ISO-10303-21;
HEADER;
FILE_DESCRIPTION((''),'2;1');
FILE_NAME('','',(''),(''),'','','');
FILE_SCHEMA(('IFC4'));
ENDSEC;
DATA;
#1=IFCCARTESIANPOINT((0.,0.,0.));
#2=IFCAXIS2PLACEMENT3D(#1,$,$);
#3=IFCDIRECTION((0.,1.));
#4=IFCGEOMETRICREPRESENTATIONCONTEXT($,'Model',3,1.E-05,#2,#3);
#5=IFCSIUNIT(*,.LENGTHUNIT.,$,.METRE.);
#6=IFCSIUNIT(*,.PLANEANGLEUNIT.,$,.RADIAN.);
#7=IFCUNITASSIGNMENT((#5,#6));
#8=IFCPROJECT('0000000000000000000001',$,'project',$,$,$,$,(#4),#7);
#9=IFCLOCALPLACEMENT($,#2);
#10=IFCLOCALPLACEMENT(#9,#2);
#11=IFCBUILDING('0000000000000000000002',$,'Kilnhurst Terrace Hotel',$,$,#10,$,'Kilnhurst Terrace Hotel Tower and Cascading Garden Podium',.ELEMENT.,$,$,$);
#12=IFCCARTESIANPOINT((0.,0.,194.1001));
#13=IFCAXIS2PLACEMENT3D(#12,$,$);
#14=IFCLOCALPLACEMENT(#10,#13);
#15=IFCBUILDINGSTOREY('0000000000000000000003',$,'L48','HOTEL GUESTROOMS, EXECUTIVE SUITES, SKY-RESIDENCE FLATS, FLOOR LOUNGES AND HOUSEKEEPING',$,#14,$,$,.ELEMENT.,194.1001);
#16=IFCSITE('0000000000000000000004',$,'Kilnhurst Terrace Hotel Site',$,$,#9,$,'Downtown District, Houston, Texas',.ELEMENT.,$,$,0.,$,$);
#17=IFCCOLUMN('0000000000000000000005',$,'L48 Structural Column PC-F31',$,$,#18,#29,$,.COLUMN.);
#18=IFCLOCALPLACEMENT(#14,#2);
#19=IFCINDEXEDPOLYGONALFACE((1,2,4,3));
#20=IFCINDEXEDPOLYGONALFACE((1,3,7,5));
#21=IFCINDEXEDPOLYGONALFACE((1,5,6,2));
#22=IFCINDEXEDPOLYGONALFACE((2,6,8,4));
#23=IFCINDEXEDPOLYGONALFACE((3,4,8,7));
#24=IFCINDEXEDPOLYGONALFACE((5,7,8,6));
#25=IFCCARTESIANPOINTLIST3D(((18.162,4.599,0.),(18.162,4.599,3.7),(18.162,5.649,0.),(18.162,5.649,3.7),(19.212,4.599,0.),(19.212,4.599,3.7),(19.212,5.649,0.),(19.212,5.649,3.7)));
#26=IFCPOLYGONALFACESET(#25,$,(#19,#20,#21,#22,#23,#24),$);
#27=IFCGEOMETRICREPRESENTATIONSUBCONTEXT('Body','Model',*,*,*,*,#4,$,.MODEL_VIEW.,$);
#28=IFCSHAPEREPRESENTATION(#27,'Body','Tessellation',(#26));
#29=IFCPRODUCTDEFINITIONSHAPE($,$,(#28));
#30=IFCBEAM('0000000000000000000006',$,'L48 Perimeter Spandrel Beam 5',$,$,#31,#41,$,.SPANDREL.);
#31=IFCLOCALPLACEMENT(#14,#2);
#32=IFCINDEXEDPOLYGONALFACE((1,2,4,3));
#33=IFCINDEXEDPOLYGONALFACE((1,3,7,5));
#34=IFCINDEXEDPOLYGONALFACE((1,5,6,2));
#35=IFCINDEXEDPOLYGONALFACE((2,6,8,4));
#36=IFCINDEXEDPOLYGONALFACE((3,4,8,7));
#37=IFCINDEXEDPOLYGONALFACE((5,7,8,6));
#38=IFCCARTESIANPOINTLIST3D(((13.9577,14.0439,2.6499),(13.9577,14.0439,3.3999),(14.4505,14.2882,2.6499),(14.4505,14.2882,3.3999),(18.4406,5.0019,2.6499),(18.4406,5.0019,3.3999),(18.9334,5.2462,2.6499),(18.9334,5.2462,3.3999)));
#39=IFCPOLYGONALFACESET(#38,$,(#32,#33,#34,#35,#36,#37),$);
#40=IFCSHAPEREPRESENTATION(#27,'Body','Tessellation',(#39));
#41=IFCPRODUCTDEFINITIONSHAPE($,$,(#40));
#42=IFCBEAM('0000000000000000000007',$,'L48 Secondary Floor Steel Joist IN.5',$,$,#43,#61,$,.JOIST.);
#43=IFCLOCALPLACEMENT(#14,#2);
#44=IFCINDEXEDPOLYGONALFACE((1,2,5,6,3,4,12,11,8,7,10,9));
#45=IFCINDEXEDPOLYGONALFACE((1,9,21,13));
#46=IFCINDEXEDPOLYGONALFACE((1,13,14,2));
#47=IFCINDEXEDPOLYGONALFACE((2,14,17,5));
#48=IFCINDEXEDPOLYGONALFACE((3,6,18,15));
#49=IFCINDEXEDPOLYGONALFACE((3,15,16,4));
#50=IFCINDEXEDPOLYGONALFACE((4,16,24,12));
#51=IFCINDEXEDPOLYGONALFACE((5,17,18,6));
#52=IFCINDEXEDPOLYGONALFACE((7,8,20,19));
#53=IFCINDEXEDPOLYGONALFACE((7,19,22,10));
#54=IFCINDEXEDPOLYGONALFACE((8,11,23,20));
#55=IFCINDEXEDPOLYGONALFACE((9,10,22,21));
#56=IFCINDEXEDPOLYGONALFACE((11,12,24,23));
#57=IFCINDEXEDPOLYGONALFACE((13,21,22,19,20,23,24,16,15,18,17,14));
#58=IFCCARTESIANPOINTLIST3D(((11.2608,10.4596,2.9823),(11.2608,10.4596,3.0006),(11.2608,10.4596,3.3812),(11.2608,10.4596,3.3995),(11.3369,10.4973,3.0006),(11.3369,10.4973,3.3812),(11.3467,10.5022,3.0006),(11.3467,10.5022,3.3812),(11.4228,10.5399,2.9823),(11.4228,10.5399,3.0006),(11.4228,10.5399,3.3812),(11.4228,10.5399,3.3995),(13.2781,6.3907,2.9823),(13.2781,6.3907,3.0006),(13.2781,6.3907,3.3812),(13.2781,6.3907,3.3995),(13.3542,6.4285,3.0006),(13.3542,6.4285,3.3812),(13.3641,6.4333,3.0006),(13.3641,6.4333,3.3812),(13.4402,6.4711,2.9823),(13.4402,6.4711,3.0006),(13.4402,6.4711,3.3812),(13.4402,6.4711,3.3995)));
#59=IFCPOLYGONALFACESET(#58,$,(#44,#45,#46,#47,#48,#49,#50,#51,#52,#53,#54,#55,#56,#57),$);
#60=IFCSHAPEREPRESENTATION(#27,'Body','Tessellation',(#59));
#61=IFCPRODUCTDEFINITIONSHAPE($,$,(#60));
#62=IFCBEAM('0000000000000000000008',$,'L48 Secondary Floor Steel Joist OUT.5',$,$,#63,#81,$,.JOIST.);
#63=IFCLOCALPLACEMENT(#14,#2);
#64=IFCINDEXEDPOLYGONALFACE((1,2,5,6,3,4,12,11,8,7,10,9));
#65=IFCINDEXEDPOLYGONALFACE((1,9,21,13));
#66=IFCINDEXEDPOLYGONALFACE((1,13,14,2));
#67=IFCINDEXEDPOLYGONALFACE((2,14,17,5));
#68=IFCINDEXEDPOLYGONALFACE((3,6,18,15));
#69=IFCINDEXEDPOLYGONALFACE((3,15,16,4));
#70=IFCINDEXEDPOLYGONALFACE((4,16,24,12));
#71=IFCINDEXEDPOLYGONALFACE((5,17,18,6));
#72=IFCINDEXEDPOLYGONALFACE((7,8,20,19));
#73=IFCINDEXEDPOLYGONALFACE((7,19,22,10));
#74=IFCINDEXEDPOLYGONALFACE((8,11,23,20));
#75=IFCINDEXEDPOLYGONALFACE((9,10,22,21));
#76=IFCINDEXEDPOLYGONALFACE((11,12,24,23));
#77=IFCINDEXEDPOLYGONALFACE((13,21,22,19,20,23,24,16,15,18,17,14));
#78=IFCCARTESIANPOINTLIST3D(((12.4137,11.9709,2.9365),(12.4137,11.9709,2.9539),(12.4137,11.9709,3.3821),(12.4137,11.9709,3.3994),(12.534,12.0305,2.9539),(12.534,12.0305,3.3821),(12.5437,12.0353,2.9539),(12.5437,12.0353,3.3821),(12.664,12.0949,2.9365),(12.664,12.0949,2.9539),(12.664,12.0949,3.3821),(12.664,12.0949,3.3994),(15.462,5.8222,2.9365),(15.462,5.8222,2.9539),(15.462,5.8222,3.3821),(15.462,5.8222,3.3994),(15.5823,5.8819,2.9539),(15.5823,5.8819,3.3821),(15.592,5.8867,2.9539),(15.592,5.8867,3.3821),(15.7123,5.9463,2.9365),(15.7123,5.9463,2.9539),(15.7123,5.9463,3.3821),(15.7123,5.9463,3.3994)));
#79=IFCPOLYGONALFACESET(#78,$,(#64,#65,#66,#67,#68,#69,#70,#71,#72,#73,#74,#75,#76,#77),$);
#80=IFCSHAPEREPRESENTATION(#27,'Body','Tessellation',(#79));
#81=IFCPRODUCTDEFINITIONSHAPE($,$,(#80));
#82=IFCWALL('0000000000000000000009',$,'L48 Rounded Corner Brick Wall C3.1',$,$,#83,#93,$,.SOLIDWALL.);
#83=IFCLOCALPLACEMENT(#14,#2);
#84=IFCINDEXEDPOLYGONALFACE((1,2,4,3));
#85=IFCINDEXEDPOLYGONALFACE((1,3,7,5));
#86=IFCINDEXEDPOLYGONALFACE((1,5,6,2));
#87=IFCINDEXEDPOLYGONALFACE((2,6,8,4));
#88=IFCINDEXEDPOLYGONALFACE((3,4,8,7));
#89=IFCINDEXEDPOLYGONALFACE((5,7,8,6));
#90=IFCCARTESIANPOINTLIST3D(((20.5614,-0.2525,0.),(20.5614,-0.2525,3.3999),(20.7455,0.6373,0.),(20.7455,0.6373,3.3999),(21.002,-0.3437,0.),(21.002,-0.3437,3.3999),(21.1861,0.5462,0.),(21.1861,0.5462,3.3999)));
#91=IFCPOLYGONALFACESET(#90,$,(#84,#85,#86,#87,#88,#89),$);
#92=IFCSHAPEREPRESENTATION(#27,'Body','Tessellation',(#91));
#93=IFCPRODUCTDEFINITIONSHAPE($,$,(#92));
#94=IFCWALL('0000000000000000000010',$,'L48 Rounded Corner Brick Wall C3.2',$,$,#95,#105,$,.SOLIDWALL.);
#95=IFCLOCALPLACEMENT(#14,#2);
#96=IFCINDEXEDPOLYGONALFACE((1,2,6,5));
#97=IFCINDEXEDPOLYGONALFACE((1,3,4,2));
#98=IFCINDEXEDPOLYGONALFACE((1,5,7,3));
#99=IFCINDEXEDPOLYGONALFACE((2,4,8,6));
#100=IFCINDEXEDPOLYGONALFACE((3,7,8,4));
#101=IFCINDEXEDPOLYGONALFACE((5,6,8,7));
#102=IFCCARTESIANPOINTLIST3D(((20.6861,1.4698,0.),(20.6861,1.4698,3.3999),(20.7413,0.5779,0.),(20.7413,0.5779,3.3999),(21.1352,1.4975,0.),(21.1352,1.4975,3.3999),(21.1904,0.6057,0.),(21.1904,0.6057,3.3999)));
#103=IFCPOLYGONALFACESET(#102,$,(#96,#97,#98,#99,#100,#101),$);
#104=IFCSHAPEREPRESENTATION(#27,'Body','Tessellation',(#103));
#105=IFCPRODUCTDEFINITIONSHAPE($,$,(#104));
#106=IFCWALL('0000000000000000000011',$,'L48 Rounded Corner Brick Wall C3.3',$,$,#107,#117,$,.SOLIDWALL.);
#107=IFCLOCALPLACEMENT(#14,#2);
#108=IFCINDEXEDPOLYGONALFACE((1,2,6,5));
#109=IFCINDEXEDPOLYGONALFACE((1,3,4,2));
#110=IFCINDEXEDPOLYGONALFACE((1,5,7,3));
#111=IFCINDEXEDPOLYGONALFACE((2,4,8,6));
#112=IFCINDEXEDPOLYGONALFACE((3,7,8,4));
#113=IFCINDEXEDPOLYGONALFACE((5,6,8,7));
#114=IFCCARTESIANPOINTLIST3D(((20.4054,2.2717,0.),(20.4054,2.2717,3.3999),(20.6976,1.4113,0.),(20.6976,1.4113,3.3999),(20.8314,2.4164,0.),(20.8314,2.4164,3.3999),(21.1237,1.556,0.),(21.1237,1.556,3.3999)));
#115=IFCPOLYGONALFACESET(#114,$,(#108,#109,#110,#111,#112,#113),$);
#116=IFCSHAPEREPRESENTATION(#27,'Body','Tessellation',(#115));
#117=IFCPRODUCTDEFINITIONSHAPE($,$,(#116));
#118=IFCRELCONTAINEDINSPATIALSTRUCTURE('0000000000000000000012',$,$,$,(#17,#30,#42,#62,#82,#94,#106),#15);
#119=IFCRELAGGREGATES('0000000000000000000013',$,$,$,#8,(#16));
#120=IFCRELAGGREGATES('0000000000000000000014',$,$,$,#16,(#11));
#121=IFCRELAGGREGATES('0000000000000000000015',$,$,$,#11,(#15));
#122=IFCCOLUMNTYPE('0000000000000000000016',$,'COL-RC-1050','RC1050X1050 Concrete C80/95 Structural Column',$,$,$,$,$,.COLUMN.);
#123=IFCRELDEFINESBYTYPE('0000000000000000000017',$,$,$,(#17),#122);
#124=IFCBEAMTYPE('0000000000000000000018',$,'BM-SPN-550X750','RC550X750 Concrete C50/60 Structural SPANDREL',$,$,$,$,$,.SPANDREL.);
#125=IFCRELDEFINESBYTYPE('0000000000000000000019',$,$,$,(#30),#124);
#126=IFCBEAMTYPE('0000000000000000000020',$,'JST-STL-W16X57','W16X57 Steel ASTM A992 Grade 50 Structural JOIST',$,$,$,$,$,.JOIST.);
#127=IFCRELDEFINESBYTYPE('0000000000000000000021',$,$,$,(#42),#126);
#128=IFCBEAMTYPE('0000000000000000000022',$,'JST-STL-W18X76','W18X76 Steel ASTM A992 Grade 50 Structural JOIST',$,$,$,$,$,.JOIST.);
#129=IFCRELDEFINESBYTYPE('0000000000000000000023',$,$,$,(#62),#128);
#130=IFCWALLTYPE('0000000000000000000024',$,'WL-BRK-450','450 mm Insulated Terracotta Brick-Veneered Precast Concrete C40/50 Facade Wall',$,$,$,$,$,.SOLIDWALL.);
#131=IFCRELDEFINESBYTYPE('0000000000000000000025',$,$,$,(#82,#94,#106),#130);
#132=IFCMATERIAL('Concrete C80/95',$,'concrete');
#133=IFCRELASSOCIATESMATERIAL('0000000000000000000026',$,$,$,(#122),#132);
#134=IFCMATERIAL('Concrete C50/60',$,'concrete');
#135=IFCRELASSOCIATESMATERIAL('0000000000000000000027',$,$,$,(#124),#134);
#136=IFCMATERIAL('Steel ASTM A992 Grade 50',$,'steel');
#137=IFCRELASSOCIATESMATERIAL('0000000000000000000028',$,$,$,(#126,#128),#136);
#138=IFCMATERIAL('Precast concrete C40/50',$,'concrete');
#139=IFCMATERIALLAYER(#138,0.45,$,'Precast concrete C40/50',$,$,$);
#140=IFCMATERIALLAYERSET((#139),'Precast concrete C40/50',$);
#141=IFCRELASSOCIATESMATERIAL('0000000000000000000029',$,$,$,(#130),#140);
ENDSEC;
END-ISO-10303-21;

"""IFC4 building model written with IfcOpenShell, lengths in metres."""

from ifc_helpers import new_model, si_unit, direction, frame, frame_2d, origin, origin_2d, place, context, subcontext, project, spatial, rectangle, i_section, extrude, material, layer, layer_set, material_profile, profile_set, type_object, element, save


model = new_model("IFC4")

# Units and contexts
model_context = context("Model", 3, precision=1e-05, world=origin(), true_north=direction((0.0, 1.0)))
body_context = subcontext(model_context, "Body", "Model", "MODEL_VIEW")
ifc_project = project(units=[si_unit("LENGTHUNIT", "METRE"), si_unit("PLANEANGLEUNIT", "RADIAN")], contexts=[model_context])

# Site, building, storey
site_placement = place(None, origin())
site = spatial("IfcSite", under=ifc_project, at=site_placement, Name="Kilnhurst Terrace Hotel Site", LongName="Downtown District, Houston, Texas", CompositionType="ELEMENT", RefElevation=0.0)
building_placement = place(site_placement, origin())
building = spatial("IfcBuilding", under=site, at=building_placement, Name="Kilnhurst Terrace Hotel", LongName="Kilnhurst Terrace Hotel Tower and Cascading Garden Podium", CompositionType="ELEMENT")
storey_placement = place(building_placement, frame((0.0, 0.0, 194.1001)))
storey = spatial("IfcBuildingStorey", under=building, at=storey_placement, Name="L48", Description="HOTEL GUESTROOMS, EXECUTIVE SUITES, SKY-RESIDENCE FLATS, FLOOR LOUNGES AND HOUSEKEEPING", CompositionType="ELEMENT", Elevation=194.1001)

# Column
ifc_material_1 = material(Name="Concrete C80/95", Category="concrete")
ifc_material_profile_1 = material_profile(ifc_material_1, rectangle(XDim=1.05, YDim=1.05, at=origin_2d()), Name="RC1050X1050")
ifc_profile_set_1 = profile_set([ifc_material_profile_1], Name="Concrete C80/95")
column_type = type_object("IfcColumnType", Name="COL-RC-1050", Description="RC1050X1050 Concrete C80/95 Structural Column", PredefinedType="COLUMN", material=ifc_profile_set_1)
column_placement = place(storey_placement, frame((18.687, 5.124, 0.0), z_axis=(0.0, 0.0, 1.0), x_axis=(1.0, 0.0, 0.0)))
element("IfcColumn", 1, at=column_placement, inside=storey, type_object=column_type, Name="L48 Structural Column PC-F31", PredefinedType="COLUMN", context=body_context, shape_type="SweptSolid", body=[
    extrude(rectangle(XDim=1.05, YDim=1.05, at=origin_2d()), origin(), (0.0, 0.0, 1.0), 3.7),
])

# Beams
ifc_material_2 = material(Name="Concrete C50/60", Category="concrete")
ifc_material_profile_2 = material_profile(ifc_material_2, rectangle(XDim=0.55, YDim=0.75, at=origin_2d()), Name="RC550X750")
ifc_profile_set_2 = profile_set([ifc_material_profile_2], Name="Concrete C50/60")
beam_type_1 = type_object("IfcBeamType", Name="BM-SPN-550X750", Description="RC550X750 Concrete C50/60 Structural SPANDREL", PredefinedType="SPANDREL", material=ifc_profile_set_2)
beam_1_placement = place(storey_placement, frame((18.687, 5.124, 3.0249), z_axis=(-0.444192, 0.895932, 0.0), x_axis=(-0.895932, -0.444192, 0.0)))
element("IfcBeam", 2, at=beam_1_placement, inside=storey, type_object=beam_type_1, Name="L48 Perimeter Spandrel Beam 5", PredefinedType="SPANDREL", context=body_context, shape_type="SweptSolid", body=[
    extrude(rectangle(XDim=0.55, YDim=0.75, at=origin_2d()), origin(), (0.0, 0.0, 1.0), 10.0923),
])
ifc_material_3 = material(Name="Steel ASTM A992 Grade 50", Category="steel")
ifc_material_profile_3 = material_profile(ifc_material_3, i_section(OverallWidth=0.1809, OverallDepth=0.4172, WebThickness=0.011, FlangeThickness=0.0183, at=origin_2d()), Name="W16X57")
ifc_profile_set_3 = profile_set([ifc_material_profile_3], Name="Steel ASTM A992 Grade 50")
beam_type_2 = type_object("IfcBeamType", Name="JST-STL-W16X57", Description="W16X57 Steel ASTM A992 Grade 50 Structural JOIST", PredefinedType="JOIST", material=ifc_profile_set_3)
beam_2_placement = place(storey_placement, frame((13.3591, 6.4309, 3.1909), z_axis=(-0.444201, 0.895927, 0.0), x_axis=(-0.895927, -0.444201, 0.0)))
element("IfcBeam", 3, at=beam_2_placement, inside=storey, type_object=beam_type_2, Name="L48 Secondary Floor Steel Joist IN.5", PredefinedType="JOIST", context=body_context, shape_type="SweptSolid", body=[
    extrude(i_section(OverallWidth=0.1809, OverallDepth=0.4172, WebThickness=0.011, FlangeThickness=0.0183, at=origin_2d()), origin(), (0.0, 0.0, 1.0), 4.5415),
])
ifc_material_profile_4 = material_profile(ifc_material_3, i_section(OverallWidth=0.2793, OverallDepth=0.4629, WebThickness=0.0107, FlangeThickness=0.0173, at=origin_2d()), Name="W18X76")
ifc_profile_set_4 = profile_set([ifc_material_profile_4], Name="Steel ASTM A992 Grade 50")
beam_type_3 = type_object("IfcBeamType", Name="JST-STL-W18X76", Description="W18X76 Steel ASTM A992 Grade 50 Structural JOIST", PredefinedType="JOIST", material=ifc_profile_set_4)
beam_3_placement = place(storey_placement, frame((15.5872, 5.8843, 3.168), z_axis=(-0.44418, 0.895938, 0.0), x_axis=(-0.895938, -0.44418, 0.0)))
element("IfcBeam", 4, at=beam_3_placement, inside=storey, type_object=beam_type_3, Name="L48 Secondary Floor Steel Joist OUT.5", PredefinedType="JOIST", context=body_context, shape_type="SweptSolid", body=[
    extrude(i_section(OverallWidth=0.2793, OverallDepth=0.4629, WebThickness=0.0107, FlangeThickness=0.0173, at=origin_2d()), origin(), (0.0, 0.0, 1.0), 6.8628),
])

# Walls
ifc_material_4 = material(Name="Precast concrete C40/50", Category="concrete")
ifc_layer_1 = layer(ifc_material_4, 0.45, Name="Precast concrete C40/50")
ifc_layer_set_1 = layer_set([ifc_layer_1], Name="Precast concrete C40/50")
wall_type_1 = type_object("IfcWallType", Name="WL-BRK-450", Description="450 mm Insulated Terracotta Brick-Veneered Precast Concrete C40/50 Facade Wall", PredefinedType="SOLIDWALL", material=ifc_layer_set_1)
wall_1_placement = place(storey_placement, frame((20.7817, -0.2981, 0.0), z_axis=(0.0, 0.0, 1.0), x_axis=(0.20257, 0.979268, 0.0)))
element("IfcWall", 5, at=wall_1_placement, inside=storey, type_object=wall_type_1, Name="L48 Rounded Corner Brick Wall C3.1", PredefinedType="SOLIDWALL", context=body_context, shape_type="SweptSolid", body=[
    extrude(rectangle(XDim=0.9087, YDim=0.45, at=frame_2d((0.4543, 0.0))), origin(), (0.0, 0.0, 1.0), 3.3999),
])
wall_2_placement = place(storey_placement, frame((20.9658, 0.5918, 0.0), z_axis=(0.0, 0.0, 1.0), x_axis=(-0.061749, 0.998092, 0.0)))
element("IfcWall", 6, at=wall_2_placement, inside=storey, type_object=wall_type_1, Name="L48 Rounded Corner Brick Wall C3.2", PredefinedType="SOLIDWALL", context=body_context, shape_type="SweptSolid", body=[
    extrude(rectangle(XDim=0.8936, YDim=0.45, at=frame_2d((0.4468, 0.0))), origin(), (0.0, 0.0, 1.0), 3.3999),
])
wall_3_placement = place(storey_placement, frame((20.9106, 1.4836, 0.0), z_axis=(0.0, 0.0, 1.0), x_axis=(-0.321623, 0.946868, 0.0)))
element("IfcWall", 7, at=wall_3_placement, inside=storey, type_object=wall_type_1, Name="L48 Rounded Corner Brick Wall C3.3", PredefinedType="SOLIDWALL", context=body_context, shape_type="SweptSolid", body=[
    extrude(rectangle(XDim=0.9087, YDim=0.45, at=frame_2d((0.4543, 0.0))), origin(), (0.0, 0.0, 1.0), 3.3999),
])

save(model, "model.ifc")
